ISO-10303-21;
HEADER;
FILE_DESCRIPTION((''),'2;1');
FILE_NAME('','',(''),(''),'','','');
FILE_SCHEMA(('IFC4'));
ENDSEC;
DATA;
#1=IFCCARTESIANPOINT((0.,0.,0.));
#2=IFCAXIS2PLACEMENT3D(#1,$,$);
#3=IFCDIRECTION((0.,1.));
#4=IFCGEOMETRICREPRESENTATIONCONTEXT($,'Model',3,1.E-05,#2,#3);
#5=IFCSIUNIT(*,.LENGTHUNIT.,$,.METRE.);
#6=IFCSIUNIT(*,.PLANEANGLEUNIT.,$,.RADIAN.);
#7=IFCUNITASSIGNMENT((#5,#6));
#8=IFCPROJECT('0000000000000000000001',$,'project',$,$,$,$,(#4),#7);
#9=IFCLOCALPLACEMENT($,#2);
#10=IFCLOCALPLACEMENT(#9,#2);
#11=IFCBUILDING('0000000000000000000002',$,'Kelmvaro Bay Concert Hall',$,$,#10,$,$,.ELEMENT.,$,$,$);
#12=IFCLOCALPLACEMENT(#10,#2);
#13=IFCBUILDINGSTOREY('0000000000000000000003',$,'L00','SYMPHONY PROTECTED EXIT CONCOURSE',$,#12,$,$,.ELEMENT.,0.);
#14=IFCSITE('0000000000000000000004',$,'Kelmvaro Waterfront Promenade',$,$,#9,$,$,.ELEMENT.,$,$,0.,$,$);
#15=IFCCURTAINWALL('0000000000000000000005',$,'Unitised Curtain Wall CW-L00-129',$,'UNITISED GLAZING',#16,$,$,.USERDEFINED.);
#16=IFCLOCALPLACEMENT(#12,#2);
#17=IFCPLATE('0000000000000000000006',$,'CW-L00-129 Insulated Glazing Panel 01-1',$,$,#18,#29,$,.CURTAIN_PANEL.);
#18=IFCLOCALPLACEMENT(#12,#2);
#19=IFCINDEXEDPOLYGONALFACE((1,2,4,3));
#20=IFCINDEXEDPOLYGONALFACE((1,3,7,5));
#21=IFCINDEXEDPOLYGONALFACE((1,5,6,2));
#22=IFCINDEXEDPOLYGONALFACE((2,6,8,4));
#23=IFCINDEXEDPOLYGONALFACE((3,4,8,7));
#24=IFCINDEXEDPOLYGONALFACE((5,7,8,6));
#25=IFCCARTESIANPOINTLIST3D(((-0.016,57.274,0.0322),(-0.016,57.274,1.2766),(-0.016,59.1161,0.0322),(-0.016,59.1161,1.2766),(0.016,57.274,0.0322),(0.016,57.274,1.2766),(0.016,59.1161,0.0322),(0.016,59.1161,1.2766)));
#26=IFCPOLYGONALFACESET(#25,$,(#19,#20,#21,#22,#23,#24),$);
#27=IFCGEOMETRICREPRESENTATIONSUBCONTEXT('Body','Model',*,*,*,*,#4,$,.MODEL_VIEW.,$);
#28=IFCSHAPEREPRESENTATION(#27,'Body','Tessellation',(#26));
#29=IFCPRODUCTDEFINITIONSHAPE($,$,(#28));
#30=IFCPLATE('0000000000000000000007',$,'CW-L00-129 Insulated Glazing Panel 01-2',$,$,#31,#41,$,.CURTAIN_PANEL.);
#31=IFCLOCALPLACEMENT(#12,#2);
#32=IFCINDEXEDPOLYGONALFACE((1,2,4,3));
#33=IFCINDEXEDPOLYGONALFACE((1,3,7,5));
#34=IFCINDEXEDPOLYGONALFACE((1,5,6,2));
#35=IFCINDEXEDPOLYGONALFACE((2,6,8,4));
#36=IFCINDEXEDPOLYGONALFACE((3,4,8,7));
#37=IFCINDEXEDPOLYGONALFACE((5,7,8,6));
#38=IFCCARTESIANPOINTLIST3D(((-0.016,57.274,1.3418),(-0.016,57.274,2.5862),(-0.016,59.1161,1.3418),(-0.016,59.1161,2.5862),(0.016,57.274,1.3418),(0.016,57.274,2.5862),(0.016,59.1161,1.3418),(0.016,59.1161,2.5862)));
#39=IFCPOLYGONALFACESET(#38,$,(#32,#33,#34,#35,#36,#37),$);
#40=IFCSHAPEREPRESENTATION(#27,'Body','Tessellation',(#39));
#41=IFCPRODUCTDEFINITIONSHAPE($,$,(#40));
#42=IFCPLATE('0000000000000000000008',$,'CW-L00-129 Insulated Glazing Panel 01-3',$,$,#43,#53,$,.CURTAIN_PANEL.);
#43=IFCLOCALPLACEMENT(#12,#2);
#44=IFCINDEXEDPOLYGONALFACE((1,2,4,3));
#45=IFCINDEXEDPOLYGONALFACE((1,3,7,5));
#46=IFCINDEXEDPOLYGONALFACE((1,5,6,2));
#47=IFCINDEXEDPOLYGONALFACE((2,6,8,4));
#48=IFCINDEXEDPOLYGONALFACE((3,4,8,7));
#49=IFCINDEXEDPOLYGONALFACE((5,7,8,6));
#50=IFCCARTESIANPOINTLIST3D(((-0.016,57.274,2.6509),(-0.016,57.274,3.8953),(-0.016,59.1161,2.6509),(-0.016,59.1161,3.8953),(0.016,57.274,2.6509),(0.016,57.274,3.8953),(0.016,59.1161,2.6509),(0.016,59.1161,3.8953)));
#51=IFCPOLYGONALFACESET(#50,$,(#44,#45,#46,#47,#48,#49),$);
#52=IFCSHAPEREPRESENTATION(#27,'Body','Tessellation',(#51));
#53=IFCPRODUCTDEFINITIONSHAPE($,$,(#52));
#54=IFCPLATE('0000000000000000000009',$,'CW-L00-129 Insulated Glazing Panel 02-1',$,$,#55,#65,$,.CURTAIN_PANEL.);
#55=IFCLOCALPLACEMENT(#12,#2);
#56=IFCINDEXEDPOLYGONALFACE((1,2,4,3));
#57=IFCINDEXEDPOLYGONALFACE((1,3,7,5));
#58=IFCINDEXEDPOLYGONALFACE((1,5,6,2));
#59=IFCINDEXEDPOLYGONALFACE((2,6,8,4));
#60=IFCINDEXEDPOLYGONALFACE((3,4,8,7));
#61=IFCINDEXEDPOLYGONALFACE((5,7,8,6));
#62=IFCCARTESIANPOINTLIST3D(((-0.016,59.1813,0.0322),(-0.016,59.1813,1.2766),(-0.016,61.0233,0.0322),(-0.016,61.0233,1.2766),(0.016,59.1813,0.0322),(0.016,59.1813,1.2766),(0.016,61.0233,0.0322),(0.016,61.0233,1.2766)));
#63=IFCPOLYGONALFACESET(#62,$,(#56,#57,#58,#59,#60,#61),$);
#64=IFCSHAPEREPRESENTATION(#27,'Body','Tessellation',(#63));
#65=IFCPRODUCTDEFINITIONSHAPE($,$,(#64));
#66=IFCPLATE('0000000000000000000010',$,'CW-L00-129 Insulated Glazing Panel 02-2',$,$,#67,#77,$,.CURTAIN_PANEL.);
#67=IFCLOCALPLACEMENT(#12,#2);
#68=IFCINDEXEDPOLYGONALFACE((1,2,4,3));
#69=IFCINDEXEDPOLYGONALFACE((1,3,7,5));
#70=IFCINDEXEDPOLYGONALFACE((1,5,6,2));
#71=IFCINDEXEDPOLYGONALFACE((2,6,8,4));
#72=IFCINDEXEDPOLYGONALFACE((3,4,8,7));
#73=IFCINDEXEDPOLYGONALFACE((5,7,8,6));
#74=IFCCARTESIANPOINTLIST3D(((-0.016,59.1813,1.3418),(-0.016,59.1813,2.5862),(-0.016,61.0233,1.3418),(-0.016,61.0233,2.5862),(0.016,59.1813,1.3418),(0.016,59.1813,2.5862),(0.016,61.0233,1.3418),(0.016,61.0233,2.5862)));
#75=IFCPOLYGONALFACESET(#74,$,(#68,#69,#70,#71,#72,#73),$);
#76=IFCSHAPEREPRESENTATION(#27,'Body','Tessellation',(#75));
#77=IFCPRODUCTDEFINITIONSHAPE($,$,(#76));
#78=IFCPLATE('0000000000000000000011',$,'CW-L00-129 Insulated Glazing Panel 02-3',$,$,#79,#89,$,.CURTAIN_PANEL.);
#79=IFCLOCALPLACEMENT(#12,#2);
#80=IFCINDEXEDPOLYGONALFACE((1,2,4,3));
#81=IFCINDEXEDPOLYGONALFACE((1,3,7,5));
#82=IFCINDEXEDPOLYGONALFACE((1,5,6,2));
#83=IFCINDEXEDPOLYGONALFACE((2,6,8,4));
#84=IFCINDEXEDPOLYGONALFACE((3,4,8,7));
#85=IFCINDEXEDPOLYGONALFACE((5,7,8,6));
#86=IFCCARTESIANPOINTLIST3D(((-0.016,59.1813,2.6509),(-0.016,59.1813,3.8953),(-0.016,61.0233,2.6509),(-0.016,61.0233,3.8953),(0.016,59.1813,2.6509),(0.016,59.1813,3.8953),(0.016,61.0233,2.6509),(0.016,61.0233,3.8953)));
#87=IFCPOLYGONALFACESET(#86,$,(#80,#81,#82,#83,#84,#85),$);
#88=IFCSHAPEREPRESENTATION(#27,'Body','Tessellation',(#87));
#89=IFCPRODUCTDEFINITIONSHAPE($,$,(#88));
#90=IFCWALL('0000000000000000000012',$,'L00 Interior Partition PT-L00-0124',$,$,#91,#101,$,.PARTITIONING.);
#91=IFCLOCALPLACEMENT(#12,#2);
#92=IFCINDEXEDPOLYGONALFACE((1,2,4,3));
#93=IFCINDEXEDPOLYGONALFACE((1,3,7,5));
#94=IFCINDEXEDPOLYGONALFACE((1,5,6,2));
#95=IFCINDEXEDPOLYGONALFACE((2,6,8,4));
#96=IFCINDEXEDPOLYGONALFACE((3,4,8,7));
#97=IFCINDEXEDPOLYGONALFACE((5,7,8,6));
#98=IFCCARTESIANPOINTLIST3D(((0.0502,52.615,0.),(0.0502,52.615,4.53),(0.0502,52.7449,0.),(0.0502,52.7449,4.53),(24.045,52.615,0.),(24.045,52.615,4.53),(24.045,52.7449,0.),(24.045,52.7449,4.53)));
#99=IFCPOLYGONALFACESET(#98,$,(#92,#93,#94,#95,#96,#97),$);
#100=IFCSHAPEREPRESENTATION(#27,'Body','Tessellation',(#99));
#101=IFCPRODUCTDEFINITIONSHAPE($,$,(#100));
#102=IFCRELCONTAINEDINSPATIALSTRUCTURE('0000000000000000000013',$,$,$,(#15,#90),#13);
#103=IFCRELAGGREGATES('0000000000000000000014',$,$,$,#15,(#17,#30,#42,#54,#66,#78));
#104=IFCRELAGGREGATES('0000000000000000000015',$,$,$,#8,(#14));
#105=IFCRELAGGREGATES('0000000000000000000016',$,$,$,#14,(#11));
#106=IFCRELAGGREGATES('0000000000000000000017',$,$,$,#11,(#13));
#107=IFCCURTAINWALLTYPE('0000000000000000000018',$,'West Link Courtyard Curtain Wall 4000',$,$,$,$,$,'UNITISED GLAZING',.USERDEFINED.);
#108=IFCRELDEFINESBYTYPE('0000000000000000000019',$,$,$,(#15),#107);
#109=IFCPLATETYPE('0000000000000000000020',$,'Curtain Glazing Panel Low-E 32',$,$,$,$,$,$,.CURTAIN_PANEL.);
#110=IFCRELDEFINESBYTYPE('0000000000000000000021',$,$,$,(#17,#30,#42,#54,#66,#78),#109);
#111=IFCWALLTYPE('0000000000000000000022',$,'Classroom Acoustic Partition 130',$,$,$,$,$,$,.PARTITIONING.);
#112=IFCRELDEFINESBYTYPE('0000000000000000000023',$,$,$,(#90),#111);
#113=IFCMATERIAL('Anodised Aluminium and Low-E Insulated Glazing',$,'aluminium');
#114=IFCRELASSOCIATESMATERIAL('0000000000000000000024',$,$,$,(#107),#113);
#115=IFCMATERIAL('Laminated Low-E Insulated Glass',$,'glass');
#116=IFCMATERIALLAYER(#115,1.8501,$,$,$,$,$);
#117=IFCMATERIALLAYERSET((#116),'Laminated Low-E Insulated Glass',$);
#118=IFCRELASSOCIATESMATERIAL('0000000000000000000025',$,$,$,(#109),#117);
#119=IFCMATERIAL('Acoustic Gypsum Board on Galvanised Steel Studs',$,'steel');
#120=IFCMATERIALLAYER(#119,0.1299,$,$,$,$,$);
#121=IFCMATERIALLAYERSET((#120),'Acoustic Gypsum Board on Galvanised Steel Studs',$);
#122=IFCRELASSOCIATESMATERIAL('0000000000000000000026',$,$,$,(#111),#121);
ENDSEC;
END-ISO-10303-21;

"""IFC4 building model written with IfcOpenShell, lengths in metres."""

from ifc_helpers import new_model, si_unit, direction, frame, frame_2d, origin, origin_2d, place, context, subcontext, project, spatial, rectangle, extrude, material, layer, layer_set, type_object, element, aggregate, save


model = new_model("IFC4")

# Units and contexts
model_context = context("Model", 3, precision=1e-05, world=origin(), true_north=direction((0.0, 1.0)))
body_context = subcontext(model_context, "Body", "Model", "MODEL_VIEW")
ifc_project = project(units=[si_unit("LENGTHUNIT", "METRE"), si_unit("PLANEANGLEUNIT", "RADIAN")], contexts=[model_context])

# Site, building, storey
site_placement = place(None, origin())
site = spatial("IfcSite", under=ifc_project, at=site_placement, Name="Kelmvaro Waterfront Promenade", CompositionType="ELEMENT", RefElevation=0.0)
building_placement = place(site_placement, origin())
building = spatial("IfcBuilding", under=site, at=building_placement, Name="Kelmvaro Bay Concert Hall", CompositionType="ELEMENT")
storey_placement = place(building_placement, origin())
storey = spatial("IfcBuildingStorey", under=building, at=storey_placement, Name="L00", Description="SYMPHONY PROTECTED EXIT CONCOURSE", CompositionType="ELEMENT", Elevation=0.0)

# Curtain wall, plates
ifc_material_1 = material(Name="Anodised Aluminium and Low-E Insulated Glazing", Category="aluminium")
curtain_wall_type = type_object("IfcCurtainWallType", Name="West Link Courtyard Curtain Wall 4000", ElementType="UNITISED GLAZING", PredefinedType="USERDEFINED", material=ifc_material_1)
curtain_wall_placement = place(storey_placement, origin())
curtain_wall = element("IfcCurtainWall", 1, at=curtain_wall_placement, inside=storey, type_object=curtain_wall_type, Name="Unitised Curtain Wall CW-L00-129", ObjectType="UNITISED GLAZING", PredefinedType="USERDEFINED")
ifc_material_2 = material(Name="Laminated Low-E Insulated Glass", Category="glass")
ifc_layer_1 = layer(ifc_material_2, 1.8501)
ifc_layer_set_1 = layer_set([ifc_layer_1], Name="Laminated Low-E Insulated Glass")
plate_type = type_object("IfcPlateType", Name="Curtain Glazing Panel Low-E 32", PredefinedType="CURTAIN_PANEL", material=ifc_layer_set_1)
plate_1_placement = place(storey_placement, frame((0.0, 58.1951, 0.0322), z_axis=(0.0, 0.0, 1.0), x_axis=(0.0, 1.0, 0.0)))
plate_1 = element("IfcPlate", 2, at=plate_1_placement, type_object=plate_type, Name="CW-L00-129 Insulated Glazing Panel 01-1", PredefinedType="CURTAIN_PANEL", context=body_context, shape_type="SweptSolid", body=[
    extrude(rectangle(XDim=1.842, YDim=0.032, at=origin_2d()), origin(), (0.0, 0.0, 1.0), 1.2444),
])
plate_2_placement = place(storey_placement, frame((0.0, 58.1951, 1.3418), z_axis=(0.0, 0.0, 1.0), x_axis=(0.0, 1.0, 0.0)))
plate_2 = element("IfcPlate", 3, at=plate_2_placement, type_object=plate_type, Name="CW-L00-129 Insulated Glazing Panel 01-2", PredefinedType="CURTAIN_PANEL", context=body_context, shape_type="SweptSolid", body=[
    extrude(rectangle(XDim=1.842, YDim=0.032, at=origin_2d()), origin(), (0.0, 0.0, 1.0), 1.2444),
])
plate_3_placement = place(storey_placement, frame((0.0, 58.1951, 2.6509), z_axis=(0.0, 0.0, 1.0), x_axis=(0.0, 1.0, 0.0)))
plate_3 = element("IfcPlate", 4, at=plate_3_placement, type_object=plate_type, Name="CW-L00-129 Insulated Glazing Panel 01-3", PredefinedType="CURTAIN_PANEL", context=body_context, shape_type="SweptSolid", body=[
    extrude(rectangle(XDim=1.842, YDim=0.032, at=origin_2d()), origin(), (0.0, 0.0, 1.0), 1.2444),
])
plate_4_placement = place(storey_placement, frame((0.0, 60.1023, 0.0322), z_axis=(0.0, 0.0, 1.0), x_axis=(0.0, 1.0, 0.0)))
plate_4 = element("IfcPlate", 5, at=plate_4_placement, type_object=plate_type, Name="CW-L00-129 Insulated Glazing Panel 02-1", PredefinedType="CURTAIN_PANEL", context=body_context, shape_type="SweptSolid", body=[
    extrude(rectangle(XDim=1.842, YDim=0.032, at=origin_2d()), origin(), (0.0, 0.0, 1.0), 1.2444),
])
plate_5_placement = place(storey_placement, frame((0.0, 60.1023, 1.3418), z_axis=(0.0, 0.0, 1.0), x_axis=(0.0, 1.0, 0.0)))
plate_5 = element("IfcPlate", 6, at=plate_5_placement, type_object=plate_type, Name="CW-L00-129 Insulated Glazing Panel 02-2", PredefinedType="CURTAIN_PANEL", context=body_context, shape_type="SweptSolid", body=[
    extrude(rectangle(XDim=1.842, YDim=0.032, at=origin_2d()), origin(), (0.0, 0.0, 1.0), 1.2444),
])
plate_6_placement = place(storey_placement, frame((0.0, 60.1023, 2.6509), z_axis=(0.0, 0.0, 1.0), x_axis=(0.0, 1.0, 0.0)))
plate_6 = element("IfcPlate", 7, at=plate_6_placement, type_object=plate_type, Name="CW-L00-129 Insulated Glazing Panel 02-3", PredefinedType="CURTAIN_PANEL", context=body_context, shape_type="SweptSolid", body=[
    extrude(rectangle(XDim=1.842, YDim=0.032, at=origin_2d()), origin(), (0.0, 0.0, 1.0), 1.2444),
])
aggregate(curtain_wall, [plate_1, plate_2, plate_3, plate_4, plate_5, plate_6])

# Wall
ifc_material_3 = material(Name="Acoustic Gypsum Board on Galvanised Steel Studs", Category="steel")
ifc_layer_2 = layer(ifc_material_3, 0.1299)
ifc_layer_set_2 = layer_set([ifc_layer_2], Name="Acoustic Gypsum Board on Galvanised Steel Studs")
wall_type = type_object("IfcWallType", Name="Classroom Acoustic Partition 130", PredefinedType="PARTITIONING", material=ifc_layer_set_2)
wall_placement = place(storey_placement, frame((0.05, 52.6799, 0.0), z_axis=(0.0, 0.0, 1.0), x_axis=(1.0, 0.0, 0.0)))
element("IfcWall", 8, at=wall_placement, inside=storey, type_object=wall_type, Name="L00 Interior Partition PT-L00-0124", PredefinedType="PARTITIONING", context=body_context, shape_type="SweptSolid", body=[
    extrude(rectangle(XDim=23.9949, YDim=0.1299, at=frame_2d((11.9976, 0.0))), origin(), (0.0, 0.0, 1.0), 4.53),
])

save(model, "model.ifc")
